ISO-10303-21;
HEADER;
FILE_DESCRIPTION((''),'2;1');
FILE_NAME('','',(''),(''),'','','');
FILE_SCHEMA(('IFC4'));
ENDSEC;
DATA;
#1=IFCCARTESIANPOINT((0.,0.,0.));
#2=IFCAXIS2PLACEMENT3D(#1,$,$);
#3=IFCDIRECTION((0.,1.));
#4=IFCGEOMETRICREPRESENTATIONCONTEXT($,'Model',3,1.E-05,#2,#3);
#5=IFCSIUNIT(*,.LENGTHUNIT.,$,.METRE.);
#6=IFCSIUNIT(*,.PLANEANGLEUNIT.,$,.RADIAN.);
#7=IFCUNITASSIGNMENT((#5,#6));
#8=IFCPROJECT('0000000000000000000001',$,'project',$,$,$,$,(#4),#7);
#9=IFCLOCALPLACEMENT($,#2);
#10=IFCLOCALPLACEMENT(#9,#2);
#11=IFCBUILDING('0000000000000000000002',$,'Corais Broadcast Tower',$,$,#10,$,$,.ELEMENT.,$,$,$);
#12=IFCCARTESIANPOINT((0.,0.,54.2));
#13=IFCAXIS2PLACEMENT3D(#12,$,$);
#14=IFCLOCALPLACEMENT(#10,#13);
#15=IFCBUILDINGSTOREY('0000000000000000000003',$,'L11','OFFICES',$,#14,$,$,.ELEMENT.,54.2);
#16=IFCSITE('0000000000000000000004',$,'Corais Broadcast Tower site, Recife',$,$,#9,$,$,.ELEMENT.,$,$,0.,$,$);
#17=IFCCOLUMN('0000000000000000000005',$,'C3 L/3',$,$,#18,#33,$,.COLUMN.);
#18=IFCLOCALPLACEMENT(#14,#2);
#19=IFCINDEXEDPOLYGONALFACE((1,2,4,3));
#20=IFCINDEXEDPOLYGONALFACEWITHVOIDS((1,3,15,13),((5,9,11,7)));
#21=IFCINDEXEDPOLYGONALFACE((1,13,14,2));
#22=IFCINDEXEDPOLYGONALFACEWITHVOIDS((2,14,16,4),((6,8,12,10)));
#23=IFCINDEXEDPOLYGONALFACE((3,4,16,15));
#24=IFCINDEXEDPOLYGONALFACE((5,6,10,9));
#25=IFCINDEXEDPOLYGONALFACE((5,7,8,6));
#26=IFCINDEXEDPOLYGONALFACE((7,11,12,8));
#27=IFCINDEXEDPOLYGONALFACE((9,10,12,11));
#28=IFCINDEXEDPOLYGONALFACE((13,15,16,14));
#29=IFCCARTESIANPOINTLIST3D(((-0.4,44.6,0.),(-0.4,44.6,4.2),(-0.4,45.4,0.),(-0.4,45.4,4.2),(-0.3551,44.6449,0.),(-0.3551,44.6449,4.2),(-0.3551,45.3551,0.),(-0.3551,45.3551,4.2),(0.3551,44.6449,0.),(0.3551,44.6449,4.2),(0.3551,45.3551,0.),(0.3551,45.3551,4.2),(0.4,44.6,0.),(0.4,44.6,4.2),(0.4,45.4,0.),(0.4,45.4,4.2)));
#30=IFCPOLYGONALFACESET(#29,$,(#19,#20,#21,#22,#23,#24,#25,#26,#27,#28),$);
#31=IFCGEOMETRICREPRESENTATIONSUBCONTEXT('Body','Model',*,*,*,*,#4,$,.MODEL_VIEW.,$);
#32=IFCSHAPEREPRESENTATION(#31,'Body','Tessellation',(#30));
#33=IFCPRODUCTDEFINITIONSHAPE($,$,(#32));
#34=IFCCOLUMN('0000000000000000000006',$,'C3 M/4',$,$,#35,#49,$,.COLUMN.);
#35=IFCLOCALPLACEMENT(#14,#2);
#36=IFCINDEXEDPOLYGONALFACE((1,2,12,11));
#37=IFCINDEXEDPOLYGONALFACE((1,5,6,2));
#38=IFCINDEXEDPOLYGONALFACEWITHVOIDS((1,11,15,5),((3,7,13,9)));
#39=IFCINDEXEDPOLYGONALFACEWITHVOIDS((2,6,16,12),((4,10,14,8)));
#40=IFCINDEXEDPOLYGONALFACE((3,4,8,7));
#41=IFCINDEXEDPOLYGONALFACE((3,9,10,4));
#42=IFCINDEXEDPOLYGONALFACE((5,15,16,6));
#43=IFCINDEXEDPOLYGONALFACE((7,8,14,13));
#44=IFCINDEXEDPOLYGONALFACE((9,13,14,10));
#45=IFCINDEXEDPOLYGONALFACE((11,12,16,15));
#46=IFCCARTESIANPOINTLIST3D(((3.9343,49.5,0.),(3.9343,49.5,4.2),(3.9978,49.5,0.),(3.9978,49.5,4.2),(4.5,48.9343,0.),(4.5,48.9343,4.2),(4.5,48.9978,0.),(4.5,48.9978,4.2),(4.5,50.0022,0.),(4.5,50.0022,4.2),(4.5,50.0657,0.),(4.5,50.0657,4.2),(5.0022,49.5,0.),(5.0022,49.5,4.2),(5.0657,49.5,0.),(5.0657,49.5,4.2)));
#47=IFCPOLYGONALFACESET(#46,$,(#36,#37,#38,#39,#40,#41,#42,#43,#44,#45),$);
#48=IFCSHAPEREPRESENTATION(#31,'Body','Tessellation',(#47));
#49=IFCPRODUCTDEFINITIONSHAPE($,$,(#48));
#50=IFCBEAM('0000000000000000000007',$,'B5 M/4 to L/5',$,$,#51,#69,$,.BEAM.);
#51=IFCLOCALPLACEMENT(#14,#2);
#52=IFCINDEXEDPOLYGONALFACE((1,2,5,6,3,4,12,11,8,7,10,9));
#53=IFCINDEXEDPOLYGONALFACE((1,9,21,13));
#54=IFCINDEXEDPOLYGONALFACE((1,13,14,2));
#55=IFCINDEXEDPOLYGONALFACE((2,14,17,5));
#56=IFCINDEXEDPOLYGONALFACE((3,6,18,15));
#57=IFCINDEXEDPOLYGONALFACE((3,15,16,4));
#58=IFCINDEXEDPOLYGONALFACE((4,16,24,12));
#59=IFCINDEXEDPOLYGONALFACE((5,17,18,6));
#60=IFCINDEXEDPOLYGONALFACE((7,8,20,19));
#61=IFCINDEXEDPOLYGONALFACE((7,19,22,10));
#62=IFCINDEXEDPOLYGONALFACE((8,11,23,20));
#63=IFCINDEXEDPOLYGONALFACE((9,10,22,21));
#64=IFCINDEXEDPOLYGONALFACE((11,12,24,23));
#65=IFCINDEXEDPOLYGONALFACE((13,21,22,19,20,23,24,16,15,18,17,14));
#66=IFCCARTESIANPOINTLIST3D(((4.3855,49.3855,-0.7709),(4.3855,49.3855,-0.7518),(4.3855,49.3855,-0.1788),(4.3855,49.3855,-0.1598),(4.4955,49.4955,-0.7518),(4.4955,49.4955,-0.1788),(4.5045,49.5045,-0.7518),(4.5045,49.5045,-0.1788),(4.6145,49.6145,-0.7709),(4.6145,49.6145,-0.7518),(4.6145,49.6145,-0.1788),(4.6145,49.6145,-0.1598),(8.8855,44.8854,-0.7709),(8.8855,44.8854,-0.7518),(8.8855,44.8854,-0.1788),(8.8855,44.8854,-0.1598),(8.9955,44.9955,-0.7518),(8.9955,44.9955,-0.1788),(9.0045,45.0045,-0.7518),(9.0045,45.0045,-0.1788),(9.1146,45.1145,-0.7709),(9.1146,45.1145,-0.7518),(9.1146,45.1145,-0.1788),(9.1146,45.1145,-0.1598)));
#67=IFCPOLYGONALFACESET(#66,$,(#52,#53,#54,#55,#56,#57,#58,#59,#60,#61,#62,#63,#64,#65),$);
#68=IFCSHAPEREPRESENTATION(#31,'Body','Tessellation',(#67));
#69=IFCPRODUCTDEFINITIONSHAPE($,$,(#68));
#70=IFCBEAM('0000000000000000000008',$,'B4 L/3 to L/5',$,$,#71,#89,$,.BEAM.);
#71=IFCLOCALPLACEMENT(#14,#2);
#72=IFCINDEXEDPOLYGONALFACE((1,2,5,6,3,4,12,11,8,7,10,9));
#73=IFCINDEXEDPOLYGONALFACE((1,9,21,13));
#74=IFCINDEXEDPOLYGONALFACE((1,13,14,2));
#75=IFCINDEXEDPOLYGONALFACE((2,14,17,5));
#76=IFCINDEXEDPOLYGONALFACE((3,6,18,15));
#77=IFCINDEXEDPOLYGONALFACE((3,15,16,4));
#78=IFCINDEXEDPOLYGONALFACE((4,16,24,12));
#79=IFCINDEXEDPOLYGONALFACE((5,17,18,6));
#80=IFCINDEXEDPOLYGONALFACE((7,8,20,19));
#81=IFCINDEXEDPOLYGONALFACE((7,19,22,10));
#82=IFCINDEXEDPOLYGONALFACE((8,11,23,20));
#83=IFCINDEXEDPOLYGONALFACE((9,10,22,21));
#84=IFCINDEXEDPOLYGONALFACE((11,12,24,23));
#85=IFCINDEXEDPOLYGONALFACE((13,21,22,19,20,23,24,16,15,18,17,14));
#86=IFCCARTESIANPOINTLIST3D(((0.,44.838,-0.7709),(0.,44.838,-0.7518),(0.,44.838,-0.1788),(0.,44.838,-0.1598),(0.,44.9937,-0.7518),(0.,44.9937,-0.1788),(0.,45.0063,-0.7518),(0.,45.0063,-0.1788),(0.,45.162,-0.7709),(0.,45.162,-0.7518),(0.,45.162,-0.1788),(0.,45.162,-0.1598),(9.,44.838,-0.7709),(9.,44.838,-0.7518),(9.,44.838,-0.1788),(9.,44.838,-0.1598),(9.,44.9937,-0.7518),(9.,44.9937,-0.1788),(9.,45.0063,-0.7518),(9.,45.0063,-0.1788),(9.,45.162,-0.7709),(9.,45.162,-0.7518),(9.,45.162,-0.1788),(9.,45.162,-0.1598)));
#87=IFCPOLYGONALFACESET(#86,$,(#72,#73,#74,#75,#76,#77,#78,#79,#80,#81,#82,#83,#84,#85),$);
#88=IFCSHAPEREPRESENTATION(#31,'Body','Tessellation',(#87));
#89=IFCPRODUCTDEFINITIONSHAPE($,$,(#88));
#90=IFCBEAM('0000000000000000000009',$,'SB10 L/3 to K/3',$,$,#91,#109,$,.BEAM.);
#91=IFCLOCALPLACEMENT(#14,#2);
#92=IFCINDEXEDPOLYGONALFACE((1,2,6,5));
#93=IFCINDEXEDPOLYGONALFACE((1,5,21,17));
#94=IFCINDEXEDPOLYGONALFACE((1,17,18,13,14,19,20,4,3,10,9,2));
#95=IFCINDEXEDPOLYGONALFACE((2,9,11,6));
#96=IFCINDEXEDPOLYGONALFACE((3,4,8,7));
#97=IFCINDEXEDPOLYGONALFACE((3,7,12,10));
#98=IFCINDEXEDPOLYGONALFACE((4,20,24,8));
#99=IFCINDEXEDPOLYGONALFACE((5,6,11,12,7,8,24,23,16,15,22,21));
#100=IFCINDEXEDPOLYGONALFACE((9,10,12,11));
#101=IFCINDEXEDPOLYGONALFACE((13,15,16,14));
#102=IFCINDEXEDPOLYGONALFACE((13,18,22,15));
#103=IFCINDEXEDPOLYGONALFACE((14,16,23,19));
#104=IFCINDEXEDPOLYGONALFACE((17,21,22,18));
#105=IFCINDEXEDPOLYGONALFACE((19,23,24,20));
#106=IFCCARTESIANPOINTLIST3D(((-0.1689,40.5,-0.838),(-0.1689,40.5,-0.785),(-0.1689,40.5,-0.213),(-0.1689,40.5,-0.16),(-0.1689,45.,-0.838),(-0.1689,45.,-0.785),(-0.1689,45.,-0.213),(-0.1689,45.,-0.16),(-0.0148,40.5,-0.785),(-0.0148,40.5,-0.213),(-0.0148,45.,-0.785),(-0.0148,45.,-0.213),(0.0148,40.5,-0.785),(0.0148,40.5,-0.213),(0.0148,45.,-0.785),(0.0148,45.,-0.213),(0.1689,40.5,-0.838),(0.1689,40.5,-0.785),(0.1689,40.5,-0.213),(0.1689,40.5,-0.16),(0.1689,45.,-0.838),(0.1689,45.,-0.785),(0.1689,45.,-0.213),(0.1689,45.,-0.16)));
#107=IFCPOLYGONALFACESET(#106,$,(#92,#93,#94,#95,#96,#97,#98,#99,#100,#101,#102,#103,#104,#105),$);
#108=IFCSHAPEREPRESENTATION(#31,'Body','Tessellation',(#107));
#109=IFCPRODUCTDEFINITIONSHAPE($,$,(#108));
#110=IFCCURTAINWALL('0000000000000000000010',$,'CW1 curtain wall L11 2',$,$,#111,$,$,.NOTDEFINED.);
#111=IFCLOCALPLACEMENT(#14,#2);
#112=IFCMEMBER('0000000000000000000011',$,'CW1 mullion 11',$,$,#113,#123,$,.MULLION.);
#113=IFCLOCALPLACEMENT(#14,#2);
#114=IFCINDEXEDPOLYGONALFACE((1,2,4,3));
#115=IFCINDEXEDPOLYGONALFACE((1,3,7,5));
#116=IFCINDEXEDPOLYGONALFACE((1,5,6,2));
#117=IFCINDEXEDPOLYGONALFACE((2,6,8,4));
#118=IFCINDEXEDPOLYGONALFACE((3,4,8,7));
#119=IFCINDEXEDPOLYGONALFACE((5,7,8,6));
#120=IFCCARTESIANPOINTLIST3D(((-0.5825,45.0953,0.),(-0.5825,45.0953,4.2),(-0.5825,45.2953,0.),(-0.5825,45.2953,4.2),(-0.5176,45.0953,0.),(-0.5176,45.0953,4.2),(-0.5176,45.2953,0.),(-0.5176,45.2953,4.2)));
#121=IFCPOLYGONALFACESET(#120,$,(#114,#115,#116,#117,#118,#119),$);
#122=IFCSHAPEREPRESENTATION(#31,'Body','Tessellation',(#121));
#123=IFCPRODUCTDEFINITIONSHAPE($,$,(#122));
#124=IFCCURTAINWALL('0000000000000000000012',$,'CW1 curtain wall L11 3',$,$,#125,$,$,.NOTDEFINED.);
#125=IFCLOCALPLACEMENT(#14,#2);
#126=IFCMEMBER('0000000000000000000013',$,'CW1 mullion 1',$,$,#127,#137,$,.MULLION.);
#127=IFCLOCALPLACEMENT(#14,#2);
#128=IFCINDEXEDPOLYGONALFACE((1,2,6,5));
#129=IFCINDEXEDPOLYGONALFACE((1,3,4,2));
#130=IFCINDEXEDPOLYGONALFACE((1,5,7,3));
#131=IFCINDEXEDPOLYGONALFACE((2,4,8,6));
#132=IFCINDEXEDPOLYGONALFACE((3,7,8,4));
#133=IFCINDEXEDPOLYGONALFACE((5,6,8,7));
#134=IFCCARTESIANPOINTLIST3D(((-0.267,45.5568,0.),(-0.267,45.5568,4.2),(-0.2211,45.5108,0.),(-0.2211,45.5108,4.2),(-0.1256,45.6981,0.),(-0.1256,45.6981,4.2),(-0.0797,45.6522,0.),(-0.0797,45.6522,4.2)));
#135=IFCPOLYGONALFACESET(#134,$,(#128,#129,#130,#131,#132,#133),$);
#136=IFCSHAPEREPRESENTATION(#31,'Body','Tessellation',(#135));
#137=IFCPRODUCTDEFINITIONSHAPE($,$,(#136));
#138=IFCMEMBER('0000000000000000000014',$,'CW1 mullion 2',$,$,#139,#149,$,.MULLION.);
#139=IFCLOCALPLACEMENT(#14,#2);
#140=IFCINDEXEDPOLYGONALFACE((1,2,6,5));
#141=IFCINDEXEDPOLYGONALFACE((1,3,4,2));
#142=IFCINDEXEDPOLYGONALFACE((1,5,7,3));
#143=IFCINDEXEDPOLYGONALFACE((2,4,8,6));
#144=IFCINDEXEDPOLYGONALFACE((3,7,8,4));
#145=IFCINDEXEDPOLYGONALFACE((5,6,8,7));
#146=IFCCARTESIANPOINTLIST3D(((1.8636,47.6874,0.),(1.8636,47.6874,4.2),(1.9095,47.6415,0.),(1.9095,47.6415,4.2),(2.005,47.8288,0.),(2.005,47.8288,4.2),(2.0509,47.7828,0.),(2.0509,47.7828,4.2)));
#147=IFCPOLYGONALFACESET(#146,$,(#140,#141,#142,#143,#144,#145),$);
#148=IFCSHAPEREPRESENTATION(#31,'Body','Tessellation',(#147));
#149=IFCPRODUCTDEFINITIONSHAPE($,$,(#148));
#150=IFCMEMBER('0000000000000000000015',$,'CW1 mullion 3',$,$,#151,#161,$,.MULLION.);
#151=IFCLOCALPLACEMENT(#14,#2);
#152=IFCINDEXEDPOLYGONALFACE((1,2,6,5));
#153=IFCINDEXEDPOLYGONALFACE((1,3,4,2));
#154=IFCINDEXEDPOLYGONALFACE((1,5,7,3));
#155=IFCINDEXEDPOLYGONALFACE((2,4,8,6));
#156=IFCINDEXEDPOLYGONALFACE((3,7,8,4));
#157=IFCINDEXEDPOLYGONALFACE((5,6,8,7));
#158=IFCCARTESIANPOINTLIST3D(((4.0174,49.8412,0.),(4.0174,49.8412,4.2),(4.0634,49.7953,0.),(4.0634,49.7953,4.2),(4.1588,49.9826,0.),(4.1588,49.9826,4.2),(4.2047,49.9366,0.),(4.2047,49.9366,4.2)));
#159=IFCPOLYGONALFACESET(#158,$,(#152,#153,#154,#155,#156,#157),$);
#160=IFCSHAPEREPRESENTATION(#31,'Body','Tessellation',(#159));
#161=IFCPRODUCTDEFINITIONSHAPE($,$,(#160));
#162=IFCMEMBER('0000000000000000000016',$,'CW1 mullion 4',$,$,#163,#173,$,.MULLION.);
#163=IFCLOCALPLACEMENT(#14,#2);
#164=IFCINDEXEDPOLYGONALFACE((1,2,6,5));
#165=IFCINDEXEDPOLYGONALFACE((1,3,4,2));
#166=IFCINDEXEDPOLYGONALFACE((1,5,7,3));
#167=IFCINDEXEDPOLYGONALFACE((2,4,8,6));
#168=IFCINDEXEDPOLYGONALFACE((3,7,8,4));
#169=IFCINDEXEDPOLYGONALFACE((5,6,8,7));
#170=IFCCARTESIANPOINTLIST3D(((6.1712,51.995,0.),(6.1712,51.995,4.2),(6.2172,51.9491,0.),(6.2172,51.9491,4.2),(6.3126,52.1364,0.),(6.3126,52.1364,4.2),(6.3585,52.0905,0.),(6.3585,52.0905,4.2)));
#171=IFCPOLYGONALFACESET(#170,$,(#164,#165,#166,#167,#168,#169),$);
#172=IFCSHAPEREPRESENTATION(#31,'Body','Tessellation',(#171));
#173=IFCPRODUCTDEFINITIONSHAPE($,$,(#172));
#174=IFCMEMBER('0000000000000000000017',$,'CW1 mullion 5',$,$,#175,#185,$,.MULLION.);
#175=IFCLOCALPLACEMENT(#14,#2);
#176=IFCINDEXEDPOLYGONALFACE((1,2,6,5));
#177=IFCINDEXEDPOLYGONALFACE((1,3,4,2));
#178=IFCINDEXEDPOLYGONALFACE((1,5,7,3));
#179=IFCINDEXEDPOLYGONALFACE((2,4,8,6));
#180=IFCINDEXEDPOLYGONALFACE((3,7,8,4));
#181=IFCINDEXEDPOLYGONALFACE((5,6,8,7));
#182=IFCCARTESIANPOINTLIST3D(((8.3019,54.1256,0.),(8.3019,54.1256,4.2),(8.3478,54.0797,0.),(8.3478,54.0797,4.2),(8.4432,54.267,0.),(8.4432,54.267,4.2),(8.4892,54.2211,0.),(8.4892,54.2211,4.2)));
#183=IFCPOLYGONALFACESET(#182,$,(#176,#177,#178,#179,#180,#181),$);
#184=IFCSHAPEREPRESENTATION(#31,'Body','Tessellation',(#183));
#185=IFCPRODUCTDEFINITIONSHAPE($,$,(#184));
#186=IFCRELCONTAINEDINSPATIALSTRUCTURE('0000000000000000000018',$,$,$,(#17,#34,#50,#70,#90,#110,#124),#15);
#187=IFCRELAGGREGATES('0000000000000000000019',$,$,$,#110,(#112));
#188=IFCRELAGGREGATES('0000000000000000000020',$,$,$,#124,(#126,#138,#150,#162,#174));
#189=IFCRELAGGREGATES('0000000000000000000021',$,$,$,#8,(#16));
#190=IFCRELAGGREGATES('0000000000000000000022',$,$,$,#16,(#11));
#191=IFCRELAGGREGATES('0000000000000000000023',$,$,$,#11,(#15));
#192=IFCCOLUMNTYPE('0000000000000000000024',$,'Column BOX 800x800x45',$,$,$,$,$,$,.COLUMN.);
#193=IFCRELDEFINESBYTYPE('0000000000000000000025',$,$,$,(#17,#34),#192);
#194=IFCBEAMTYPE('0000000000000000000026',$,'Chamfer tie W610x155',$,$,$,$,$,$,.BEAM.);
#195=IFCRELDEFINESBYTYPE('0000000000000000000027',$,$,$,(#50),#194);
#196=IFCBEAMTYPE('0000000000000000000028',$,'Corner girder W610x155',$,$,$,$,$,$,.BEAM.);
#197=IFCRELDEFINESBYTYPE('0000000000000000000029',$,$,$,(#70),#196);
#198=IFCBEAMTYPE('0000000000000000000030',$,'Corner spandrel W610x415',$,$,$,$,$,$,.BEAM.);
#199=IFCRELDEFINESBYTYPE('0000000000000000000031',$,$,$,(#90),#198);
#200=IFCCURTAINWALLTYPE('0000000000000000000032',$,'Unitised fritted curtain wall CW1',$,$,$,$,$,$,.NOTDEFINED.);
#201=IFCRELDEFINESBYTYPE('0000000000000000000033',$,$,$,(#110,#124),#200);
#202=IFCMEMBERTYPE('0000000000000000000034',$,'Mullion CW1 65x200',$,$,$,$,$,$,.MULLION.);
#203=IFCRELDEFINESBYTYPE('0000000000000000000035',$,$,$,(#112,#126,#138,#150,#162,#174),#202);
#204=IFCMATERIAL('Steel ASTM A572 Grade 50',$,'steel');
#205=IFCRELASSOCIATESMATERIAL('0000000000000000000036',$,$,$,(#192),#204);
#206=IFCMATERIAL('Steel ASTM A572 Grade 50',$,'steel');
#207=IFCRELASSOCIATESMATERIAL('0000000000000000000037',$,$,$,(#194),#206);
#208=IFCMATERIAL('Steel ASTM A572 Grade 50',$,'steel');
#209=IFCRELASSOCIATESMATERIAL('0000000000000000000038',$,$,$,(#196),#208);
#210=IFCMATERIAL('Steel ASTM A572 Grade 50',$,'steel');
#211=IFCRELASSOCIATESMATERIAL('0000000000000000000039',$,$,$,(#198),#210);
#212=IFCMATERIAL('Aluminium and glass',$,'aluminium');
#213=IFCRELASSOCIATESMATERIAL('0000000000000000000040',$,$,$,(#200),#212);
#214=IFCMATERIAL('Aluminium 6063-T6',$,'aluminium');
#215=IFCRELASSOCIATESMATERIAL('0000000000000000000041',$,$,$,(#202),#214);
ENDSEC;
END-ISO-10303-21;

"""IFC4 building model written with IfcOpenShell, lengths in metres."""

from ifc_helpers import new_model, si_unit, direction, frame, origin, origin_2d, place, context, subcontext, project, spatial, rectangle, hollow_rectangle, i_section, extrude, material, material_profile, profile_set, type_object, element, aggregate, save


model = new_model("IFC4")

# Units and contexts
model_context = context("Model", 3, precision=1e-05, world=origin(), true_north=direction((0.0, 1.0)))
body_context = subcontext(model_context, "Body", "Model", "MODEL_VIEW")
ifc_project = project(units=[si_unit("LENGTHUNIT", "METRE"), si_unit("PLANEANGLEUNIT", "RADIAN")], contexts=[model_context])

# Site, building, storey
site_placement = place(None, origin())
site = spatial("IfcSite", under=ifc_project, at=site_placement, Name="Corais Broadcast Tower site, Recife", CompositionType="ELEMENT", RefElevation=0.0)
building_placement = place(site_placement, origin())
building = spatial("IfcBuilding", under=site, at=building_placement, Name="Corais Broadcast Tower", CompositionType="ELEMENT")
storey_placement = place(building_placement, frame((0.0, 0.0, 54.2)))
storey = spatial("IfcBuildingStorey", under=building, at=storey_placement, Name="L11", Description="OFFICES", CompositionType="ELEMENT", Elevation=54.2)

# Columns
ifc_material_1 = material(Name="Steel ASTM A572 Grade 50", Category="steel")
ifc_material_profile_1 = material_profile(ifc_material_1, hollow_rectangle(XDim=0.8, YDim=0.8, WallThickness=0.0449, at=origin_2d()), Name="BOX 800x800x45")
ifc_profile_set_1 = profile_set([ifc_material_profile_1], Name="Steel ASTM A572 Grade 50")
column_type = type_object("IfcColumnType", Name="Column BOX 800x800x45", PredefinedType="COLUMN", material=ifc_profile_set_1)
for number, where, z_axis, x_axis, name in (
    (1, (0.0, 45.0, 0.0), (0.0, 0.0, 1.0), (1.0, 0.0, 0.0), "C3 L/3"),
    (2, (4.5, 49.5, 0.0), (0.0, 0.0, 1.0), (0.707107, 0.707107, 0.0), "C3 M/4"),
):
    element("IfcColumn", number, at=place(storey_placement, frame(where, z_axis=z_axis, x_axis=x_axis)), inside=storey, type_object=column_type, Name=name, PredefinedType="COLUMN", context=body_context, shape_type="SweptSolid", body=[
        extrude(hollow_rectangle(XDim=0.8, YDim=0.8, WallThickness=0.0449, at=origin_2d()), origin(), (0.0, 0.0, 1.0), 4.2),
    ])

# Beams
ifc_material_2 = material(Name="Steel ASTM A572 Grade 50", Category="steel")
ifc_material_profile_2 = material_profile(ifc_material_2, i_section(OverallWidth=0.324, OverallDepth=0.6111, WebThickness=0.0127, FlangeThickness=0.019, at=origin_2d()), Name="W610x155")
ifc_profile_set_2 = profile_set([ifc_material_profile_2], Name="Steel ASTM A572 Grade 50")
beam_type_1 = type_object("IfcBeamType", Name="Chamfer tie W610x155", PredefinedType="BEAM", material=ifc_profile_set_2)
beam_1_placement = place(storey_placement, frame((4.5, 49.5, -0.4653), z_axis=(0.707107, -0.707107, 0.0), x_axis=(0.707107, 0.707107, 0.0)))
element("IfcBeam", 3, at=beam_1_placement, inside=storey, type_object=beam_type_1, Name="B5 M/4 to L/5", PredefinedType="BEAM", context=body_context, shape_type="SweptSolid", body=[
    extrude(i_section(OverallWidth=0.324, OverallDepth=0.6111, WebThickness=0.0127, FlangeThickness=0.019, at=origin_2d()), origin(), (0.0, 0.0, 1.0), 6.364),
])
ifc_material_3 = material(Name="Steel ASTM A572 Grade 50", Category="steel")
ifc_material_profile_3 = material_profile(ifc_material_3, i_section(OverallWidth=0.324, OverallDepth=0.6111, WebThickness=0.0127, FlangeThickness=0.019, at=origin_2d()), Name="W610x155")
ifc_profile_set_3 = profile_set([ifc_material_profile_3], Name="Steel ASTM A572 Grade 50")
beam_type_2 = type_object("IfcBeamType", Name="Corner girder W610x155", PredefinedType="BEAM", material=ifc_profile_set_3)
beam_2_placement = place(storey_placement, frame((0.0, 45.0, -0.4653), z_axis=(1.0, 0.0, 0.0), x_axis=(0.0, 1.0, 0.0)))
element("IfcBeam", 4, at=beam_2_placement, inside=storey, type_object=beam_type_2, Name="B4 L/3 to L/5", PredefinedType="BEAM", context=body_context, shape_type="SweptSolid", body=[
    extrude(i_section(OverallWidth=0.324, OverallDepth=0.6111, WebThickness=0.0127, FlangeThickness=0.019, at=origin_2d()), origin(), (0.0, 0.0, 1.0), 9.0),
])
ifc_material_4 = material(Name="Steel ASTM A572 Grade 50", Category="steel")
ifc_material_profile_4 = material_profile(ifc_material_4, i_section(OverallWidth=0.3379, OverallDepth=0.678, WebThickness=0.0295, FlangeThickness=0.053, at=origin_2d()), Name="W610x415")
ifc_profile_set_4 = profile_set([ifc_material_profile_4], Name="Steel ASTM A572 Grade 50")
beam_type_3 = type_object("IfcBeamType", Name="Corner spandrel W610x415", PredefinedType="BEAM", material=ifc_profile_set_4)
beam_3_placement = place(storey_placement, frame((0.0, 45.0, -0.499), z_axis=(0.0, -1.0, 0.0), x_axis=(1.0, 0.0, 0.0)))
element("IfcBeam", 5, at=beam_3_placement, inside=storey, type_object=beam_type_3, Name="SB10 L/3 to K/3", PredefinedType="BEAM", context=body_context, shape_type="SweptSolid", body=[
    extrude(i_section(OverallWidth=0.3379, OverallDepth=0.678, WebThickness=0.0295, FlangeThickness=0.053, at=origin_2d()), origin(), (0.0, 0.0, 1.0), 4.5),
])

# Curtain wall, member
ifc_material_5 = material(Name="Aluminium and glass", Category="aluminium")
curtain_wall_type = type_object("IfcCurtainWallType", Name="Unitised fritted curtain wall CW1", PredefinedType="NOTDEFINED", material=ifc_material_5)
curtain_wall_1_placement = place(storey_placement, origin())
curtain_wall_1 = element("IfcCurtainWall", 6, at=curtain_wall_1_placement, inside=storey, type_object=curtain_wall_type, Name="CW1 curtain wall L11 2", PredefinedType="NOTDEFINED")
ifc_material_6 = material(Name="Aluminium 6063-T6", Category="aluminium")
ifc_material_profile_5 = material_profile(ifc_material_6, rectangle(XDim=0.0649, YDim=0.2, at=origin_2d()), Name="Mullion CW1 65x200")
ifc_profile_set_5 = profile_set([ifc_material_profile_5], Name="Aluminium 6063-T6")
member_type_1 = type_object("IfcMemberType", Name="Mullion CW1 65x200", PredefinedType="MULLION", material=ifc_profile_set_5)
member_1_placement = place(storey_placement, frame((-0.55, 45.1953, 0.0), z_axis=(0.0, 0.0, 1.0), x_axis=(-1.0, 0.0, 0.0)))
member_1 = element("IfcMember", 7, at=member_1_placement, type_object=member_type_1, Name="CW1 mullion 11", PredefinedType="MULLION", context=body_context, shape_type="SweptSolid", body=[
    extrude(rectangle(XDim=0.0649, YDim=0.2, at=origin_2d()), origin(), (0.0, 0.0, 1.0), 4.2),
])

# Curtain wall, members
curtain_wall_2_placement = place(storey_placement, origin())
curtain_wall_2 = element("IfcCurtainWall", 8, at=curtain_wall_2_placement, inside=storey, type_object=curtain_wall_type, Name="CW1 curtain wall L11 3", PredefinedType="NOTDEFINED")
member_2_placement = place(storey_placement, frame((-0.1733, 45.6045, 0.0), z_axis=(0.0, 0.0, 1.0), x_axis=(-0.707107, 0.707107, 0.0)))
member_2 = element("IfcMember", 9, at=member_2_placement, type_object=member_type_1, Name="CW1 mullion 1", PredefinedType="MULLION", context=body_context, shape_type="SweptSolid", body=[
    extrude(rectangle(XDim=0.0649, YDim=0.2, at=origin_2d()), origin(), (0.0, 0.0, 1.0), 4.2),
])
member_3_placement = place(storey_placement, frame((1.9573, 47.7351, 0.0), z_axis=(0.0, 0.0, 1.0), x_axis=(-0.707107, 0.707107, 0.0)))
member_3 = element("IfcMember", 10, at=member_3_placement, type_object=member_type_1, Name="CW1 mullion 2", PredefinedType="MULLION", context=body_context, shape_type="SweptSolid", body=[
    extrude(rectangle(XDim=0.0649, YDim=0.2, at=origin_2d()), origin(), (0.0, 0.0, 1.0), 4.2),
])
member_4_placement = place(storey_placement, frame((4.1111, 49.8889, 0.0), z_axis=(0.0, 0.0, 1.0), x_axis=(-0.707107, 0.707107, 0.0)))
member_4 = element("IfcMember", 11, at=member_4_placement, type_object=member_type_1, Name="CW1 mullion 3", PredefinedType="MULLION", context=body_context, shape_type="SweptSolid", body=[
    extrude(rectangle(XDim=0.0649, YDim=0.2, at=origin_2d()), origin(), (0.0, 0.0, 1.0), 4.2),
])
member_5_placement = place(storey_placement, frame((6.2649, 52.0427, 0.0), z_axis=(0.0, 0.0, 1.0), x_axis=(-0.707107, 0.707107, 0.0)))
member_5 = element("IfcMember", 12, at=member_5_placement, type_object=member_type_1, Name="CW1 mullion 4", PredefinedType="MULLION", context=body_context, shape_type="SweptSolid", body=[
    extrude(rectangle(XDim=0.0649, YDim=0.2, at=origin_2d()), origin(), (0.0, 0.0, 1.0), 4.2),
])
member_6_placement = place(storey_placement, frame((8.3955, 54.1733, 0.0), z_axis=(0.0, 0.0, 1.0), x_axis=(-0.707107, 0.707107, 0.0)))
member_6 = element("IfcMember", 13, at=member_6_placement, type_object=member_type_1, Name="CW1 mullion 5", PredefinedType="MULLION", context=body_context, shape_type="SweptSolid", body=[
    extrude(rectangle(XDim=0.0649, YDim=0.2, at=origin_2d()), origin(), (0.0, 0.0, 1.0), 4.2),
])

aggregate(curtain_wall_1, [member_1])
aggregate(curtain_wall_2, [member_2, member_3, member_4, member_5, member_6])

save(model, "model.ifc")
